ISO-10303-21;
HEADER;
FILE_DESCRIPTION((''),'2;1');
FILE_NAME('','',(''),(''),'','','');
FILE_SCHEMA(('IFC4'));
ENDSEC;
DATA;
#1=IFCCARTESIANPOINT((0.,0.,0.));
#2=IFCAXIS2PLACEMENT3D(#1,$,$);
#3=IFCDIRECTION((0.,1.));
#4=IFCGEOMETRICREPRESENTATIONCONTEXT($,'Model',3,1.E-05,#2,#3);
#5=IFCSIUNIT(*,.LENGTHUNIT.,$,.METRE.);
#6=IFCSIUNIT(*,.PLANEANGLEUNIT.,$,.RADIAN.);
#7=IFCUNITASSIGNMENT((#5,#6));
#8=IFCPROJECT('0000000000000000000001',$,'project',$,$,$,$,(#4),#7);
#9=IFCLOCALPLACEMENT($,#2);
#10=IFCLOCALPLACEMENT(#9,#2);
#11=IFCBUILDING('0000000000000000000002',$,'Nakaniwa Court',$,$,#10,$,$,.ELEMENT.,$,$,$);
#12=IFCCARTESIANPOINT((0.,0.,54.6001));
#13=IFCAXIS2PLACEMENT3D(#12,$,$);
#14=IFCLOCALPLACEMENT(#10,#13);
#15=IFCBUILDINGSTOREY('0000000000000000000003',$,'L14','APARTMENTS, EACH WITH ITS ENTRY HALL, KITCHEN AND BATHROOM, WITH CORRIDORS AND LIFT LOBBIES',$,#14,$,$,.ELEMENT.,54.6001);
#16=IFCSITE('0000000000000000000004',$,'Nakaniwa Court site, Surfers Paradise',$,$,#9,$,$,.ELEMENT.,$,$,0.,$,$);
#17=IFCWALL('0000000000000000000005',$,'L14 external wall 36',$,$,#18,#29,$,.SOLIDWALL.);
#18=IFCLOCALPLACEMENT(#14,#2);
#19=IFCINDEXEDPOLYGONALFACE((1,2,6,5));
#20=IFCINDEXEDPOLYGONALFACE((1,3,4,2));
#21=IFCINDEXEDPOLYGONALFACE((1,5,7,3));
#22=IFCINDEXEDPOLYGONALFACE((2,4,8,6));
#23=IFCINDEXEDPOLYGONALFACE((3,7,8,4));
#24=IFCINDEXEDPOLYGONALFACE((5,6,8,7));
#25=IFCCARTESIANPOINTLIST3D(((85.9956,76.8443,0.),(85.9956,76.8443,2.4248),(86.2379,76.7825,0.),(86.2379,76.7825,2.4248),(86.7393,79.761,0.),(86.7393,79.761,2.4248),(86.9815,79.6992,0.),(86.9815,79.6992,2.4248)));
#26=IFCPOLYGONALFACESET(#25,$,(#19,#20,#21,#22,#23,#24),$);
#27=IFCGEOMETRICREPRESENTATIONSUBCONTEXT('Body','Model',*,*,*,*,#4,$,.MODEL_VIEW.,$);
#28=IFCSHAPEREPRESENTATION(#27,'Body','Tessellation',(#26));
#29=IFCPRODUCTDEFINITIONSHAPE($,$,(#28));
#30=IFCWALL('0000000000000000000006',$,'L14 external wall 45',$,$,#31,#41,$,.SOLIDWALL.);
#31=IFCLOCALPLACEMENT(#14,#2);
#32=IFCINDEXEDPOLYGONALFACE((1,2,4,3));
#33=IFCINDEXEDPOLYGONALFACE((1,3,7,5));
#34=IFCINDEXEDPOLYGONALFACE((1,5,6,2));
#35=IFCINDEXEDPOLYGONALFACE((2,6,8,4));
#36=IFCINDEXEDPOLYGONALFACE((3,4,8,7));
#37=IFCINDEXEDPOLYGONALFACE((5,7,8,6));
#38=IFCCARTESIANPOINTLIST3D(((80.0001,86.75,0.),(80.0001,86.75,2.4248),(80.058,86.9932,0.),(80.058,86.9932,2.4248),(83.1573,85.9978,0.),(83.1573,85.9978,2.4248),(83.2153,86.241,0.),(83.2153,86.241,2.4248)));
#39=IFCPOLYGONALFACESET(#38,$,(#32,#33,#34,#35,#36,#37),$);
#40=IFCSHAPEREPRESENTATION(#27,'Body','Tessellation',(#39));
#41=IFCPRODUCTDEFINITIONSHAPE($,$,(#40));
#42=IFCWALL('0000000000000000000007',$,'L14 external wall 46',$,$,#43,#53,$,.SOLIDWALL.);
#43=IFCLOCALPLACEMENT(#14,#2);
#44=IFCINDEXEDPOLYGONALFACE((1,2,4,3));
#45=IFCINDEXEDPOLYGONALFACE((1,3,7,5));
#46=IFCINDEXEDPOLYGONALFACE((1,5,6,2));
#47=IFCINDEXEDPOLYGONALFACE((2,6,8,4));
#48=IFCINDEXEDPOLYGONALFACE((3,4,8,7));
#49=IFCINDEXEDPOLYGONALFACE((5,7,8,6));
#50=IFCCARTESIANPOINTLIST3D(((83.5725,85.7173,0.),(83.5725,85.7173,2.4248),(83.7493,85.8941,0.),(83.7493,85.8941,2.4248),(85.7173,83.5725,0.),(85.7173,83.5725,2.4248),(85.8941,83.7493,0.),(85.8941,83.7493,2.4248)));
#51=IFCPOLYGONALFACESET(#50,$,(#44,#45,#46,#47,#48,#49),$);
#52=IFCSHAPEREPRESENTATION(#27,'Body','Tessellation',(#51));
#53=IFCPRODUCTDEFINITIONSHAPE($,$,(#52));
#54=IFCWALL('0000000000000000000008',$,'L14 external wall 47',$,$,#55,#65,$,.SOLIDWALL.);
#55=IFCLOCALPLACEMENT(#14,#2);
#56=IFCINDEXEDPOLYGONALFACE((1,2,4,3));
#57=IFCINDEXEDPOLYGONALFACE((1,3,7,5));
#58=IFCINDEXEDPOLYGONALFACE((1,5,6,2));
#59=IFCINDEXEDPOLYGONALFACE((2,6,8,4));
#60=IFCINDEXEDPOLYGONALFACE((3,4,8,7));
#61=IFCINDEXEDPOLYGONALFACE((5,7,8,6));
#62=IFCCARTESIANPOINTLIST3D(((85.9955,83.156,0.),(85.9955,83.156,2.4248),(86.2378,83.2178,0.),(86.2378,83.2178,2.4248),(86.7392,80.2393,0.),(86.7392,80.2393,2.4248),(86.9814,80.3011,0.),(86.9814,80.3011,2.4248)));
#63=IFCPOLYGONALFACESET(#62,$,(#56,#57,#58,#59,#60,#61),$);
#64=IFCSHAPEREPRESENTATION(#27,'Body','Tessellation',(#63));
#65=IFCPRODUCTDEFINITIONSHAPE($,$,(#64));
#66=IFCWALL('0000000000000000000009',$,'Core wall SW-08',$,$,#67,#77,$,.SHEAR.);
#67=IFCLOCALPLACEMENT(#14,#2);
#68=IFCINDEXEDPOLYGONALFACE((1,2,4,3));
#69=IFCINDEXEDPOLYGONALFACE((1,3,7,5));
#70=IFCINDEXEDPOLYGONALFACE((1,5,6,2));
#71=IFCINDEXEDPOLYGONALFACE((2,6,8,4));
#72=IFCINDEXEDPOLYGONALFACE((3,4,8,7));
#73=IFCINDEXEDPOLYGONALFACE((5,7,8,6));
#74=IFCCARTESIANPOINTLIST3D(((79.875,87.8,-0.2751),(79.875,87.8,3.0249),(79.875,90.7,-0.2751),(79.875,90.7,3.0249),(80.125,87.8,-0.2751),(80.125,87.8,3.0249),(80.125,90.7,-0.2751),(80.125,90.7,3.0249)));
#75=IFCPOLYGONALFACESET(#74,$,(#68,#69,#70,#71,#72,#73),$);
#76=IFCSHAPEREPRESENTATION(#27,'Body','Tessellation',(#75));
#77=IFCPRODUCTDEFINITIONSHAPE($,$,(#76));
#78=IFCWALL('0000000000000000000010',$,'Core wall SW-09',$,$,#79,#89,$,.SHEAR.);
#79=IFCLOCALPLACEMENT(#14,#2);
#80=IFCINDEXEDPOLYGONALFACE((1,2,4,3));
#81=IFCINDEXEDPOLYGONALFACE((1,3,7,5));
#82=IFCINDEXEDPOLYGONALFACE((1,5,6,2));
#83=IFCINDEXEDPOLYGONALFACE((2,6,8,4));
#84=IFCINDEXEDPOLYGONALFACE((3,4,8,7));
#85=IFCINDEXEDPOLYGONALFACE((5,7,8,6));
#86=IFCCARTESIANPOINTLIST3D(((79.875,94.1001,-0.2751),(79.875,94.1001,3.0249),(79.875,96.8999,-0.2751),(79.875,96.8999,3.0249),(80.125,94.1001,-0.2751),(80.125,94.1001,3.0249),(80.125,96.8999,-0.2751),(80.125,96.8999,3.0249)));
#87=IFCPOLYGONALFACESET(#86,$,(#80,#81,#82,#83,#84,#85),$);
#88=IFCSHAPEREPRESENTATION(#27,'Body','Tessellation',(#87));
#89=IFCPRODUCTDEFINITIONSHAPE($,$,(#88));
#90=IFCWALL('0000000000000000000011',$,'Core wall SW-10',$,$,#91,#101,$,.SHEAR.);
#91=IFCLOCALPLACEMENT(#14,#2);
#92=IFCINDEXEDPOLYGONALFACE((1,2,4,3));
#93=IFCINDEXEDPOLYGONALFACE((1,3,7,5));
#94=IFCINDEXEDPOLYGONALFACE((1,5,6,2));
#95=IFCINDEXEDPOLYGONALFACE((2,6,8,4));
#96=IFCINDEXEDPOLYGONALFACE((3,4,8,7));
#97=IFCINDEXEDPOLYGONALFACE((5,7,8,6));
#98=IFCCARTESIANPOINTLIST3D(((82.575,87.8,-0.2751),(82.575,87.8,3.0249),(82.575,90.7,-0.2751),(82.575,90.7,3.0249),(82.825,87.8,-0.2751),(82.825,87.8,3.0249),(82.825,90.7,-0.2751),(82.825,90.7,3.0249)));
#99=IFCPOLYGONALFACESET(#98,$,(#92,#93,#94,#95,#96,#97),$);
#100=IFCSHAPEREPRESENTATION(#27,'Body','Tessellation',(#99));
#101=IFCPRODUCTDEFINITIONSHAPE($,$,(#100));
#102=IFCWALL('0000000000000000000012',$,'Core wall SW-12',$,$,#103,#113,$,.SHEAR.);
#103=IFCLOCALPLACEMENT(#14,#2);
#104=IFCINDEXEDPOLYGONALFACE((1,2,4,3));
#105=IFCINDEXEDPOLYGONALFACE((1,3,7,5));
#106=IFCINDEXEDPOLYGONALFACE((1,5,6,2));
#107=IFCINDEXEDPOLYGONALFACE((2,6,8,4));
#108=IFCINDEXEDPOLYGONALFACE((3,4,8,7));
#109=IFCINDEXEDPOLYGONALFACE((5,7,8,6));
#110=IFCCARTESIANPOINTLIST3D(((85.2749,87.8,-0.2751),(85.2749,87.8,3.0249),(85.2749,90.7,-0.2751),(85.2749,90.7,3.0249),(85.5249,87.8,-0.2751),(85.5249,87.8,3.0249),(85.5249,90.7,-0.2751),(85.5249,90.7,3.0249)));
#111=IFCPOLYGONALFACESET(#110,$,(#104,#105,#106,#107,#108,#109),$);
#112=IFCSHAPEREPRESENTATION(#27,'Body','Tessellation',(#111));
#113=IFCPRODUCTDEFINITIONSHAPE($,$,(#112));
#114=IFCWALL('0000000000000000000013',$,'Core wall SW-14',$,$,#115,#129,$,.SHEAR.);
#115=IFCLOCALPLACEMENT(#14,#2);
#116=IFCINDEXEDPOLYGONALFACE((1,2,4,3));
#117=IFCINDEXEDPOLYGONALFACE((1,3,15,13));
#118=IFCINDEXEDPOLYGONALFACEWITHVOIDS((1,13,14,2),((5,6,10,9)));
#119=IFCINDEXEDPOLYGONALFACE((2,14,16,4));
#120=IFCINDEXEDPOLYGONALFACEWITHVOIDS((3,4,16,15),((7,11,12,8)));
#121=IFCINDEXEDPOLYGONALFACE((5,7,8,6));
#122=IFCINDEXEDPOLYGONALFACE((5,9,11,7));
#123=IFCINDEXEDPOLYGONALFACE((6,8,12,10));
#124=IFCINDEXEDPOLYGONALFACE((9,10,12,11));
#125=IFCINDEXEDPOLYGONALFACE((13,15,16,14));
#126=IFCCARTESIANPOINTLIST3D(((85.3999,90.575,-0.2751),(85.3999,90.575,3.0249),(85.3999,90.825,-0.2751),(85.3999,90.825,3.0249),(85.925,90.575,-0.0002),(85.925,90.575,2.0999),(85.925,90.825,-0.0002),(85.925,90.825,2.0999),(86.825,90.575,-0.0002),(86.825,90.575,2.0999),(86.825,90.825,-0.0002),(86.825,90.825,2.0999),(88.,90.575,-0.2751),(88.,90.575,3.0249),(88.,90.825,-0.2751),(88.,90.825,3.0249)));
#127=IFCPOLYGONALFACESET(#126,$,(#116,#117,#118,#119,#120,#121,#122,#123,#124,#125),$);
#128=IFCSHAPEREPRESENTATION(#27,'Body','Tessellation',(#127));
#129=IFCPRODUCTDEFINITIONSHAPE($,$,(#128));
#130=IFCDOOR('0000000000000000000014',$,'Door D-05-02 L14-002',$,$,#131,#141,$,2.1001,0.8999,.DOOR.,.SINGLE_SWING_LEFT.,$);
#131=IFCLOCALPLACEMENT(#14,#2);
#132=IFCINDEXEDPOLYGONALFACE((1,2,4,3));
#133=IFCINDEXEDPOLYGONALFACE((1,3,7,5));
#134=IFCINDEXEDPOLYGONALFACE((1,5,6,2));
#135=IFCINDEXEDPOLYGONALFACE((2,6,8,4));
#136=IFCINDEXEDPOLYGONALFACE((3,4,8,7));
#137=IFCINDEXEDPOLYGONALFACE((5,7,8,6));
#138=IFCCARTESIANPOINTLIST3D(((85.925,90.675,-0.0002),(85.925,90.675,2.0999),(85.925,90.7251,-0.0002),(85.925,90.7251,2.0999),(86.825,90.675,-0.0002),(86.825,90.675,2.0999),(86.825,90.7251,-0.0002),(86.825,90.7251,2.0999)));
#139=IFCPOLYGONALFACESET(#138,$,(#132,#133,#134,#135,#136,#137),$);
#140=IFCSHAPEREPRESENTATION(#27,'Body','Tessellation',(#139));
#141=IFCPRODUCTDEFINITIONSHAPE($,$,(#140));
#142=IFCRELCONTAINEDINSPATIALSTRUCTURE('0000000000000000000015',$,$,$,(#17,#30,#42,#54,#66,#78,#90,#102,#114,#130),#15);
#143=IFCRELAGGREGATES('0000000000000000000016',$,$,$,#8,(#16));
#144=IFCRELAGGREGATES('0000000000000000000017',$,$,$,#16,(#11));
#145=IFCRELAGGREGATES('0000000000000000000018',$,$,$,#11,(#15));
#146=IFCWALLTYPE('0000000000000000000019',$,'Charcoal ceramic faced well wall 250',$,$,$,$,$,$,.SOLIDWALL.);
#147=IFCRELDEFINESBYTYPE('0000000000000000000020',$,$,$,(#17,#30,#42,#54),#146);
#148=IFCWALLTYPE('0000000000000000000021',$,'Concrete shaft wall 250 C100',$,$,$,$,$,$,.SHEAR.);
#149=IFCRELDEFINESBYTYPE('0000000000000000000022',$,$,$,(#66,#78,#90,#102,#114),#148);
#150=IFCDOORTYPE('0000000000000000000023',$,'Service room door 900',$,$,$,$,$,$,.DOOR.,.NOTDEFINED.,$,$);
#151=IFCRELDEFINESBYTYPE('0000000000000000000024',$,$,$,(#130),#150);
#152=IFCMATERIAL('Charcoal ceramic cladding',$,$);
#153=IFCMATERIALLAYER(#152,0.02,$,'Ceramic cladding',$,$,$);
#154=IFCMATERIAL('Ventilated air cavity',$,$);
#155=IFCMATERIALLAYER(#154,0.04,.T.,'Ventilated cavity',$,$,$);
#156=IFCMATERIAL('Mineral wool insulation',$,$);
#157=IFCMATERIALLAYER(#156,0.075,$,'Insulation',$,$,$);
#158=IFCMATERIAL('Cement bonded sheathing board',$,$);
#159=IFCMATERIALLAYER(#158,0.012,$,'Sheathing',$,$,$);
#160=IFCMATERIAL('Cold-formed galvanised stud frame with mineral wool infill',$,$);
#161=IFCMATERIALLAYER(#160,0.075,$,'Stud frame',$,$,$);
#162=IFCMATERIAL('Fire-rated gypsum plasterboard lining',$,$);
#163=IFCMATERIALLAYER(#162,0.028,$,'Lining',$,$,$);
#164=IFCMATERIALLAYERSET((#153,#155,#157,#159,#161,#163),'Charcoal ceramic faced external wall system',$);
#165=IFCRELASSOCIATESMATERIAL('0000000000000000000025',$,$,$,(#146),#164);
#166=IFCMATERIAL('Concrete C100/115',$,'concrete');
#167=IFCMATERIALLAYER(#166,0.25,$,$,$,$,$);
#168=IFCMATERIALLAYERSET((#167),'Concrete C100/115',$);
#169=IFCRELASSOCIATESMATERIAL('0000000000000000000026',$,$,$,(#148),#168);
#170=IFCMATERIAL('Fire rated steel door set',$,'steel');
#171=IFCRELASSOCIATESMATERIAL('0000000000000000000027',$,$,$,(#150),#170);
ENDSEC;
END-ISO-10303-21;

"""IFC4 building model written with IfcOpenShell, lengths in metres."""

from ifc_helpers import new_model, si_unit, direction, frame, frame_2d, origin, place, context, subcontext, project, spatial, rectangle, extrude, material, layer, layer_set, type_object, element, fill, save


model = new_model("IFC4")

# Units and contexts
model_context = context("Model", 3, precision=1e-05, world=origin(), true_north=direction((0.0, 1.0)))
body_context = subcontext(model_context, "Body", "Model", "MODEL_VIEW")
ifc_project = project(units=[si_unit("LENGTHUNIT", "METRE"), si_unit("PLANEANGLEUNIT", "RADIAN")], contexts=[model_context])

# Site, building, storey
site_placement = place(None, origin())
site = spatial("IfcSite", under=ifc_project, at=site_placement, Name="Nakaniwa Court site, Surfers Paradise", CompositionType="ELEMENT", RefElevation=0.0)
building_placement = place(site_placement, origin())
building = spatial("IfcBuilding", under=site, at=building_placement, Name="Nakaniwa Court", CompositionType="ELEMENT")
storey_placement = place(building_placement, frame((0.0, 0.0, 54.6001)))
storey = spatial("IfcBuildingStorey", under=building, at=storey_placement, Name="L14", Description="APARTMENTS, EACH WITH ITS ENTRY HALL, KITCHEN AND BATHROOM, WITH CORRIDORS AND LIFT LOBBIES", CompositionType="ELEMENT", Elevation=54.6001)

# Shared definitions
ifc_material_1 = material(Name="Concrete C100/115", Category="concrete")

# Walls
ifc_material_2 = material(Name="Charcoal ceramic cladding")
ifc_layer_1 = layer(ifc_material_2, 0.02, Name="Ceramic cladding")
ifc_material_3 = material(Name="Ventilated air cavity")
ifc_layer_2 = layer(ifc_material_3, 0.04, ventilated=True, Name="Ventilated cavity")
ifc_material_4 = material(Name="Mineral wool insulation")
ifc_layer_3 = layer(ifc_material_4, 0.075, Name="Insulation")
ifc_material_5 = material(Name="Cement bonded sheathing board")
ifc_layer_4 = layer(ifc_material_5, 0.012, Name="Sheathing")
ifc_material_6 = material(Name="Cold-formed galvanised stud frame with mineral wool infill")
ifc_layer_5 = layer(ifc_material_6, 0.075, Name="Stud frame")
ifc_material_7 = material(Name="Fire-rated gypsum plasterboard lining")
ifc_layer_6 = layer(ifc_material_7, 0.028, Name="Lining")
ifc_layer_set_1 = layer_set([ifc_layer_1, ifc_layer_2, ifc_layer_3, ifc_layer_4, ifc_layer_5, ifc_layer_6], Name="Charcoal ceramic faced external wall system")
wall_type_1 = type_object("IfcWallType", Name="Charcoal ceramic faced well wall 250", PredefinedType="SOLIDWALL", material=ifc_layer_set_1)
wall_1_placement = place(storey_placement, frame((86.8604, 79.73, 0.0), z_axis=(0.0, 0.0, 1.0), x_axis=(-0.247056, -0.969001, 0.0)))
element("IfcWall", 1, at=wall_1_placement, inside=storey, type_object=wall_type_1, Name="L14 external wall 36", PredefinedType="SOLIDWALL", context=body_context, shape_type="SweptSolid", body=[
    extrude(rectangle(XDim=3.01, YDim=0.25, at=frame_2d((1.5049, 0.0))), origin(), (0.0, 0.0, 1.0), 2.4248),
])
wall_2_placement = place(storey_placement, frame((80.0291, 86.8716, 0.0), z_axis=(0.0, 0.0, 1.0), x_axis=(0.972773, -0.23176, 0.0)))
element("IfcWall", 2, at=wall_2_placement, inside=storey, type_object=wall_type_1, Name="L14 external wall 45", PredefinedType="SOLIDWALL", context=body_context, shape_type="SweptSolid", body=[
    extrude(rectangle(XDim=3.2456, YDim=0.25, at=frame_2d((1.6228, 0.0))), origin(), (0.0, 0.0, 1.0), 2.4248),
])
wall_3_placement = place(storey_placement, frame((83.6609, 85.8057, 0.0), z_axis=(0.0, 0.0, 1.0), x_axis=(0.707107, -0.707107, 0.0)))
element("IfcWall", 3, at=wall_3_placement, inside=storey, type_object=wall_type_1, Name="L14 external wall 46", PredefinedType="SOLIDWALL", context=body_context, shape_type="SweptSolid", body=[
    extrude(rectangle(XDim=3.0332, YDim=0.25, at=frame_2d((1.5166, 0.0))), origin(), (0.0, 0.0, 1.0), 2.4248),
])
wall_4_placement = place(storey_placement, frame((86.1167, 83.1868, 0.0), z_axis=(0.0, 0.0, 1.0), x_axis=(0.247056, -0.969001, 0.0)))
element("IfcWall", 4, at=wall_4_placement, inside=storey, type_object=wall_type_1, Name="L14 external wall 47", PredefinedType="SOLIDWALL", context=body_context, shape_type="SweptSolid", body=[
    extrude(rectangle(XDim=3.01, YDim=0.25, at=frame_2d((1.5049, 0.0))), origin(), (0.0, 0.0, 1.0), 2.4248),
])
ifc_layer_7 = layer(ifc_material_1, 0.25)
ifc_layer_set_2 = layer_set([ifc_layer_7], Name="Concrete C100/115")
wall_type_2 = type_object("IfcWallType", Name="Concrete shaft wall 250 C100", PredefinedType="SHEAR", material=ifc_layer_set_2)
wall_5_placement = place(storey_placement, frame((80.0, 87.8, -0.2751), z_axis=(0.0, 0.0, 1.0), x_axis=(0.0, 1.0, 0.0)))
element("IfcWall", 5, at=wall_5_placement, inside=storey, type_object=wall_type_2, Name="Core wall SW-08", PredefinedType="SHEAR", context=body_context, shape_type="SweptSolid", body=[
    extrude(rectangle(XDim=2.8999, YDim=0.25, at=frame_2d((1.45, 0.0))), origin(), (0.0, 0.0, 1.0), 3.3),
])
wall_6_placement = place(storey_placement, frame((80.0, 94.1001, -0.2751), z_axis=(0.0, 0.0, 1.0), x_axis=(0.0, 1.0, 0.0)))
element("IfcWall", 6, at=wall_6_placement, inside=storey, type_object=wall_type_2, Name="Core wall SW-09", PredefinedType="SHEAR", context=body_context, shape_type="SweptSolid", body=[
    extrude(rectangle(XDim=2.7998, YDim=0.25, at=frame_2d((1.3999, 0.0))), origin(), (0.0, 0.0, 1.0), 3.3),
])
for number, where, z_axis, x_axis, name in (
    (7, (82.7, 87.8, -0.2751), (0.0, 0.0, 1.0), (0.0, 1.0, 0.0), "Core wall SW-10"),
    (8, (85.3999, 87.8, -0.2751), (0.0, 0.0, 1.0), (0.0, 1.0, 0.0), "Core wall SW-12"),
):
    element("IfcWall", number, at=place(storey_placement, frame(where, z_axis=z_axis, x_axis=x_axis)), inside=storey, type_object=wall_type_2, Name=name, PredefinedType="SHEAR", context=body_context, shape_type="SweptSolid", body=[
        extrude(rectangle(XDim=2.8999, YDim=0.25, at=frame_2d((1.45, 0.0))), origin(), (0.0, 0.0, 1.0), 3.3),
    ])

# Wall, opening, door
wall_7_placement = place(storey_placement, frame((88.0, 90.7, -0.2751), z_axis=(0.0, 0.0, 1.0), x_axis=(-1.0, 0.0, 0.0)))
wall_7 = element("IfcWall", 9, at=wall_7_placement, inside=storey, type_object=wall_type_2, Name="Core wall SW-14", PredefinedType="SHEAR", context=body_context, shape_type="SweptSolid", body=[
    extrude(rectangle(XDim=2.6001, YDim=0.25, at=frame_2d((1.3, 0.0))), origin(), (0.0, 0.0, 1.0), 3.3),
])
opening_1_placement = place(wall_7_placement, frame((1.175, 0.0, 0.2749)))
opening_1 = element("IfcOpeningElement", 10, at=opening_1_placement, cuts=wall_7, PredefinedType="OPENING", context=body_context, shape_type="SweptSolid", body=[
    extrude(rectangle(XDim=0.8999, YDim=2.1001, at=frame_2d((0.45, 1.05))), frame((0.0, 0.135, 0.0), z_axis=(0.0, -1.0, 0.0), x_axis=(1.0, 0.0, 0.0)), (0.0, 0.0, 1.0), 0.27),
])
ifc_material_8 = material(Name="Fire rated steel door set", Category="steel")
door_type_1 = type_object("IfcDoorType", Name="Service room door 900", OperationType="NOTDEFINED", PredefinedType="DOOR", material=ifc_material_8)
door_1_placement = place(opening_1_placement, origin())
door_1 = element("IfcDoor", 11, at=door_1_placement, inside=storey, type_object=door_type_1, Name="Door D-05-02 L14-002", OperationType="SINGLE_SWING_LEFT", OverallHeight=2.1001, OverallWidth=0.8999, PredefinedType="DOOR", context=body_context, shape_type="SweptSolid", body=[
    extrude(rectangle(XDim=0.8999, YDim=2.1001, at=frame_2d((0.45, 1.05))), frame((0.0, 0.0249, 0.0), z_axis=(0.0, -1.0, 0.0), x_axis=(1.0, 0.0, 0.0)), (0.0, 0.0, 1.0), 0.05),
])
fill(opening_1, door_1)

save(model, "model.ifc")
